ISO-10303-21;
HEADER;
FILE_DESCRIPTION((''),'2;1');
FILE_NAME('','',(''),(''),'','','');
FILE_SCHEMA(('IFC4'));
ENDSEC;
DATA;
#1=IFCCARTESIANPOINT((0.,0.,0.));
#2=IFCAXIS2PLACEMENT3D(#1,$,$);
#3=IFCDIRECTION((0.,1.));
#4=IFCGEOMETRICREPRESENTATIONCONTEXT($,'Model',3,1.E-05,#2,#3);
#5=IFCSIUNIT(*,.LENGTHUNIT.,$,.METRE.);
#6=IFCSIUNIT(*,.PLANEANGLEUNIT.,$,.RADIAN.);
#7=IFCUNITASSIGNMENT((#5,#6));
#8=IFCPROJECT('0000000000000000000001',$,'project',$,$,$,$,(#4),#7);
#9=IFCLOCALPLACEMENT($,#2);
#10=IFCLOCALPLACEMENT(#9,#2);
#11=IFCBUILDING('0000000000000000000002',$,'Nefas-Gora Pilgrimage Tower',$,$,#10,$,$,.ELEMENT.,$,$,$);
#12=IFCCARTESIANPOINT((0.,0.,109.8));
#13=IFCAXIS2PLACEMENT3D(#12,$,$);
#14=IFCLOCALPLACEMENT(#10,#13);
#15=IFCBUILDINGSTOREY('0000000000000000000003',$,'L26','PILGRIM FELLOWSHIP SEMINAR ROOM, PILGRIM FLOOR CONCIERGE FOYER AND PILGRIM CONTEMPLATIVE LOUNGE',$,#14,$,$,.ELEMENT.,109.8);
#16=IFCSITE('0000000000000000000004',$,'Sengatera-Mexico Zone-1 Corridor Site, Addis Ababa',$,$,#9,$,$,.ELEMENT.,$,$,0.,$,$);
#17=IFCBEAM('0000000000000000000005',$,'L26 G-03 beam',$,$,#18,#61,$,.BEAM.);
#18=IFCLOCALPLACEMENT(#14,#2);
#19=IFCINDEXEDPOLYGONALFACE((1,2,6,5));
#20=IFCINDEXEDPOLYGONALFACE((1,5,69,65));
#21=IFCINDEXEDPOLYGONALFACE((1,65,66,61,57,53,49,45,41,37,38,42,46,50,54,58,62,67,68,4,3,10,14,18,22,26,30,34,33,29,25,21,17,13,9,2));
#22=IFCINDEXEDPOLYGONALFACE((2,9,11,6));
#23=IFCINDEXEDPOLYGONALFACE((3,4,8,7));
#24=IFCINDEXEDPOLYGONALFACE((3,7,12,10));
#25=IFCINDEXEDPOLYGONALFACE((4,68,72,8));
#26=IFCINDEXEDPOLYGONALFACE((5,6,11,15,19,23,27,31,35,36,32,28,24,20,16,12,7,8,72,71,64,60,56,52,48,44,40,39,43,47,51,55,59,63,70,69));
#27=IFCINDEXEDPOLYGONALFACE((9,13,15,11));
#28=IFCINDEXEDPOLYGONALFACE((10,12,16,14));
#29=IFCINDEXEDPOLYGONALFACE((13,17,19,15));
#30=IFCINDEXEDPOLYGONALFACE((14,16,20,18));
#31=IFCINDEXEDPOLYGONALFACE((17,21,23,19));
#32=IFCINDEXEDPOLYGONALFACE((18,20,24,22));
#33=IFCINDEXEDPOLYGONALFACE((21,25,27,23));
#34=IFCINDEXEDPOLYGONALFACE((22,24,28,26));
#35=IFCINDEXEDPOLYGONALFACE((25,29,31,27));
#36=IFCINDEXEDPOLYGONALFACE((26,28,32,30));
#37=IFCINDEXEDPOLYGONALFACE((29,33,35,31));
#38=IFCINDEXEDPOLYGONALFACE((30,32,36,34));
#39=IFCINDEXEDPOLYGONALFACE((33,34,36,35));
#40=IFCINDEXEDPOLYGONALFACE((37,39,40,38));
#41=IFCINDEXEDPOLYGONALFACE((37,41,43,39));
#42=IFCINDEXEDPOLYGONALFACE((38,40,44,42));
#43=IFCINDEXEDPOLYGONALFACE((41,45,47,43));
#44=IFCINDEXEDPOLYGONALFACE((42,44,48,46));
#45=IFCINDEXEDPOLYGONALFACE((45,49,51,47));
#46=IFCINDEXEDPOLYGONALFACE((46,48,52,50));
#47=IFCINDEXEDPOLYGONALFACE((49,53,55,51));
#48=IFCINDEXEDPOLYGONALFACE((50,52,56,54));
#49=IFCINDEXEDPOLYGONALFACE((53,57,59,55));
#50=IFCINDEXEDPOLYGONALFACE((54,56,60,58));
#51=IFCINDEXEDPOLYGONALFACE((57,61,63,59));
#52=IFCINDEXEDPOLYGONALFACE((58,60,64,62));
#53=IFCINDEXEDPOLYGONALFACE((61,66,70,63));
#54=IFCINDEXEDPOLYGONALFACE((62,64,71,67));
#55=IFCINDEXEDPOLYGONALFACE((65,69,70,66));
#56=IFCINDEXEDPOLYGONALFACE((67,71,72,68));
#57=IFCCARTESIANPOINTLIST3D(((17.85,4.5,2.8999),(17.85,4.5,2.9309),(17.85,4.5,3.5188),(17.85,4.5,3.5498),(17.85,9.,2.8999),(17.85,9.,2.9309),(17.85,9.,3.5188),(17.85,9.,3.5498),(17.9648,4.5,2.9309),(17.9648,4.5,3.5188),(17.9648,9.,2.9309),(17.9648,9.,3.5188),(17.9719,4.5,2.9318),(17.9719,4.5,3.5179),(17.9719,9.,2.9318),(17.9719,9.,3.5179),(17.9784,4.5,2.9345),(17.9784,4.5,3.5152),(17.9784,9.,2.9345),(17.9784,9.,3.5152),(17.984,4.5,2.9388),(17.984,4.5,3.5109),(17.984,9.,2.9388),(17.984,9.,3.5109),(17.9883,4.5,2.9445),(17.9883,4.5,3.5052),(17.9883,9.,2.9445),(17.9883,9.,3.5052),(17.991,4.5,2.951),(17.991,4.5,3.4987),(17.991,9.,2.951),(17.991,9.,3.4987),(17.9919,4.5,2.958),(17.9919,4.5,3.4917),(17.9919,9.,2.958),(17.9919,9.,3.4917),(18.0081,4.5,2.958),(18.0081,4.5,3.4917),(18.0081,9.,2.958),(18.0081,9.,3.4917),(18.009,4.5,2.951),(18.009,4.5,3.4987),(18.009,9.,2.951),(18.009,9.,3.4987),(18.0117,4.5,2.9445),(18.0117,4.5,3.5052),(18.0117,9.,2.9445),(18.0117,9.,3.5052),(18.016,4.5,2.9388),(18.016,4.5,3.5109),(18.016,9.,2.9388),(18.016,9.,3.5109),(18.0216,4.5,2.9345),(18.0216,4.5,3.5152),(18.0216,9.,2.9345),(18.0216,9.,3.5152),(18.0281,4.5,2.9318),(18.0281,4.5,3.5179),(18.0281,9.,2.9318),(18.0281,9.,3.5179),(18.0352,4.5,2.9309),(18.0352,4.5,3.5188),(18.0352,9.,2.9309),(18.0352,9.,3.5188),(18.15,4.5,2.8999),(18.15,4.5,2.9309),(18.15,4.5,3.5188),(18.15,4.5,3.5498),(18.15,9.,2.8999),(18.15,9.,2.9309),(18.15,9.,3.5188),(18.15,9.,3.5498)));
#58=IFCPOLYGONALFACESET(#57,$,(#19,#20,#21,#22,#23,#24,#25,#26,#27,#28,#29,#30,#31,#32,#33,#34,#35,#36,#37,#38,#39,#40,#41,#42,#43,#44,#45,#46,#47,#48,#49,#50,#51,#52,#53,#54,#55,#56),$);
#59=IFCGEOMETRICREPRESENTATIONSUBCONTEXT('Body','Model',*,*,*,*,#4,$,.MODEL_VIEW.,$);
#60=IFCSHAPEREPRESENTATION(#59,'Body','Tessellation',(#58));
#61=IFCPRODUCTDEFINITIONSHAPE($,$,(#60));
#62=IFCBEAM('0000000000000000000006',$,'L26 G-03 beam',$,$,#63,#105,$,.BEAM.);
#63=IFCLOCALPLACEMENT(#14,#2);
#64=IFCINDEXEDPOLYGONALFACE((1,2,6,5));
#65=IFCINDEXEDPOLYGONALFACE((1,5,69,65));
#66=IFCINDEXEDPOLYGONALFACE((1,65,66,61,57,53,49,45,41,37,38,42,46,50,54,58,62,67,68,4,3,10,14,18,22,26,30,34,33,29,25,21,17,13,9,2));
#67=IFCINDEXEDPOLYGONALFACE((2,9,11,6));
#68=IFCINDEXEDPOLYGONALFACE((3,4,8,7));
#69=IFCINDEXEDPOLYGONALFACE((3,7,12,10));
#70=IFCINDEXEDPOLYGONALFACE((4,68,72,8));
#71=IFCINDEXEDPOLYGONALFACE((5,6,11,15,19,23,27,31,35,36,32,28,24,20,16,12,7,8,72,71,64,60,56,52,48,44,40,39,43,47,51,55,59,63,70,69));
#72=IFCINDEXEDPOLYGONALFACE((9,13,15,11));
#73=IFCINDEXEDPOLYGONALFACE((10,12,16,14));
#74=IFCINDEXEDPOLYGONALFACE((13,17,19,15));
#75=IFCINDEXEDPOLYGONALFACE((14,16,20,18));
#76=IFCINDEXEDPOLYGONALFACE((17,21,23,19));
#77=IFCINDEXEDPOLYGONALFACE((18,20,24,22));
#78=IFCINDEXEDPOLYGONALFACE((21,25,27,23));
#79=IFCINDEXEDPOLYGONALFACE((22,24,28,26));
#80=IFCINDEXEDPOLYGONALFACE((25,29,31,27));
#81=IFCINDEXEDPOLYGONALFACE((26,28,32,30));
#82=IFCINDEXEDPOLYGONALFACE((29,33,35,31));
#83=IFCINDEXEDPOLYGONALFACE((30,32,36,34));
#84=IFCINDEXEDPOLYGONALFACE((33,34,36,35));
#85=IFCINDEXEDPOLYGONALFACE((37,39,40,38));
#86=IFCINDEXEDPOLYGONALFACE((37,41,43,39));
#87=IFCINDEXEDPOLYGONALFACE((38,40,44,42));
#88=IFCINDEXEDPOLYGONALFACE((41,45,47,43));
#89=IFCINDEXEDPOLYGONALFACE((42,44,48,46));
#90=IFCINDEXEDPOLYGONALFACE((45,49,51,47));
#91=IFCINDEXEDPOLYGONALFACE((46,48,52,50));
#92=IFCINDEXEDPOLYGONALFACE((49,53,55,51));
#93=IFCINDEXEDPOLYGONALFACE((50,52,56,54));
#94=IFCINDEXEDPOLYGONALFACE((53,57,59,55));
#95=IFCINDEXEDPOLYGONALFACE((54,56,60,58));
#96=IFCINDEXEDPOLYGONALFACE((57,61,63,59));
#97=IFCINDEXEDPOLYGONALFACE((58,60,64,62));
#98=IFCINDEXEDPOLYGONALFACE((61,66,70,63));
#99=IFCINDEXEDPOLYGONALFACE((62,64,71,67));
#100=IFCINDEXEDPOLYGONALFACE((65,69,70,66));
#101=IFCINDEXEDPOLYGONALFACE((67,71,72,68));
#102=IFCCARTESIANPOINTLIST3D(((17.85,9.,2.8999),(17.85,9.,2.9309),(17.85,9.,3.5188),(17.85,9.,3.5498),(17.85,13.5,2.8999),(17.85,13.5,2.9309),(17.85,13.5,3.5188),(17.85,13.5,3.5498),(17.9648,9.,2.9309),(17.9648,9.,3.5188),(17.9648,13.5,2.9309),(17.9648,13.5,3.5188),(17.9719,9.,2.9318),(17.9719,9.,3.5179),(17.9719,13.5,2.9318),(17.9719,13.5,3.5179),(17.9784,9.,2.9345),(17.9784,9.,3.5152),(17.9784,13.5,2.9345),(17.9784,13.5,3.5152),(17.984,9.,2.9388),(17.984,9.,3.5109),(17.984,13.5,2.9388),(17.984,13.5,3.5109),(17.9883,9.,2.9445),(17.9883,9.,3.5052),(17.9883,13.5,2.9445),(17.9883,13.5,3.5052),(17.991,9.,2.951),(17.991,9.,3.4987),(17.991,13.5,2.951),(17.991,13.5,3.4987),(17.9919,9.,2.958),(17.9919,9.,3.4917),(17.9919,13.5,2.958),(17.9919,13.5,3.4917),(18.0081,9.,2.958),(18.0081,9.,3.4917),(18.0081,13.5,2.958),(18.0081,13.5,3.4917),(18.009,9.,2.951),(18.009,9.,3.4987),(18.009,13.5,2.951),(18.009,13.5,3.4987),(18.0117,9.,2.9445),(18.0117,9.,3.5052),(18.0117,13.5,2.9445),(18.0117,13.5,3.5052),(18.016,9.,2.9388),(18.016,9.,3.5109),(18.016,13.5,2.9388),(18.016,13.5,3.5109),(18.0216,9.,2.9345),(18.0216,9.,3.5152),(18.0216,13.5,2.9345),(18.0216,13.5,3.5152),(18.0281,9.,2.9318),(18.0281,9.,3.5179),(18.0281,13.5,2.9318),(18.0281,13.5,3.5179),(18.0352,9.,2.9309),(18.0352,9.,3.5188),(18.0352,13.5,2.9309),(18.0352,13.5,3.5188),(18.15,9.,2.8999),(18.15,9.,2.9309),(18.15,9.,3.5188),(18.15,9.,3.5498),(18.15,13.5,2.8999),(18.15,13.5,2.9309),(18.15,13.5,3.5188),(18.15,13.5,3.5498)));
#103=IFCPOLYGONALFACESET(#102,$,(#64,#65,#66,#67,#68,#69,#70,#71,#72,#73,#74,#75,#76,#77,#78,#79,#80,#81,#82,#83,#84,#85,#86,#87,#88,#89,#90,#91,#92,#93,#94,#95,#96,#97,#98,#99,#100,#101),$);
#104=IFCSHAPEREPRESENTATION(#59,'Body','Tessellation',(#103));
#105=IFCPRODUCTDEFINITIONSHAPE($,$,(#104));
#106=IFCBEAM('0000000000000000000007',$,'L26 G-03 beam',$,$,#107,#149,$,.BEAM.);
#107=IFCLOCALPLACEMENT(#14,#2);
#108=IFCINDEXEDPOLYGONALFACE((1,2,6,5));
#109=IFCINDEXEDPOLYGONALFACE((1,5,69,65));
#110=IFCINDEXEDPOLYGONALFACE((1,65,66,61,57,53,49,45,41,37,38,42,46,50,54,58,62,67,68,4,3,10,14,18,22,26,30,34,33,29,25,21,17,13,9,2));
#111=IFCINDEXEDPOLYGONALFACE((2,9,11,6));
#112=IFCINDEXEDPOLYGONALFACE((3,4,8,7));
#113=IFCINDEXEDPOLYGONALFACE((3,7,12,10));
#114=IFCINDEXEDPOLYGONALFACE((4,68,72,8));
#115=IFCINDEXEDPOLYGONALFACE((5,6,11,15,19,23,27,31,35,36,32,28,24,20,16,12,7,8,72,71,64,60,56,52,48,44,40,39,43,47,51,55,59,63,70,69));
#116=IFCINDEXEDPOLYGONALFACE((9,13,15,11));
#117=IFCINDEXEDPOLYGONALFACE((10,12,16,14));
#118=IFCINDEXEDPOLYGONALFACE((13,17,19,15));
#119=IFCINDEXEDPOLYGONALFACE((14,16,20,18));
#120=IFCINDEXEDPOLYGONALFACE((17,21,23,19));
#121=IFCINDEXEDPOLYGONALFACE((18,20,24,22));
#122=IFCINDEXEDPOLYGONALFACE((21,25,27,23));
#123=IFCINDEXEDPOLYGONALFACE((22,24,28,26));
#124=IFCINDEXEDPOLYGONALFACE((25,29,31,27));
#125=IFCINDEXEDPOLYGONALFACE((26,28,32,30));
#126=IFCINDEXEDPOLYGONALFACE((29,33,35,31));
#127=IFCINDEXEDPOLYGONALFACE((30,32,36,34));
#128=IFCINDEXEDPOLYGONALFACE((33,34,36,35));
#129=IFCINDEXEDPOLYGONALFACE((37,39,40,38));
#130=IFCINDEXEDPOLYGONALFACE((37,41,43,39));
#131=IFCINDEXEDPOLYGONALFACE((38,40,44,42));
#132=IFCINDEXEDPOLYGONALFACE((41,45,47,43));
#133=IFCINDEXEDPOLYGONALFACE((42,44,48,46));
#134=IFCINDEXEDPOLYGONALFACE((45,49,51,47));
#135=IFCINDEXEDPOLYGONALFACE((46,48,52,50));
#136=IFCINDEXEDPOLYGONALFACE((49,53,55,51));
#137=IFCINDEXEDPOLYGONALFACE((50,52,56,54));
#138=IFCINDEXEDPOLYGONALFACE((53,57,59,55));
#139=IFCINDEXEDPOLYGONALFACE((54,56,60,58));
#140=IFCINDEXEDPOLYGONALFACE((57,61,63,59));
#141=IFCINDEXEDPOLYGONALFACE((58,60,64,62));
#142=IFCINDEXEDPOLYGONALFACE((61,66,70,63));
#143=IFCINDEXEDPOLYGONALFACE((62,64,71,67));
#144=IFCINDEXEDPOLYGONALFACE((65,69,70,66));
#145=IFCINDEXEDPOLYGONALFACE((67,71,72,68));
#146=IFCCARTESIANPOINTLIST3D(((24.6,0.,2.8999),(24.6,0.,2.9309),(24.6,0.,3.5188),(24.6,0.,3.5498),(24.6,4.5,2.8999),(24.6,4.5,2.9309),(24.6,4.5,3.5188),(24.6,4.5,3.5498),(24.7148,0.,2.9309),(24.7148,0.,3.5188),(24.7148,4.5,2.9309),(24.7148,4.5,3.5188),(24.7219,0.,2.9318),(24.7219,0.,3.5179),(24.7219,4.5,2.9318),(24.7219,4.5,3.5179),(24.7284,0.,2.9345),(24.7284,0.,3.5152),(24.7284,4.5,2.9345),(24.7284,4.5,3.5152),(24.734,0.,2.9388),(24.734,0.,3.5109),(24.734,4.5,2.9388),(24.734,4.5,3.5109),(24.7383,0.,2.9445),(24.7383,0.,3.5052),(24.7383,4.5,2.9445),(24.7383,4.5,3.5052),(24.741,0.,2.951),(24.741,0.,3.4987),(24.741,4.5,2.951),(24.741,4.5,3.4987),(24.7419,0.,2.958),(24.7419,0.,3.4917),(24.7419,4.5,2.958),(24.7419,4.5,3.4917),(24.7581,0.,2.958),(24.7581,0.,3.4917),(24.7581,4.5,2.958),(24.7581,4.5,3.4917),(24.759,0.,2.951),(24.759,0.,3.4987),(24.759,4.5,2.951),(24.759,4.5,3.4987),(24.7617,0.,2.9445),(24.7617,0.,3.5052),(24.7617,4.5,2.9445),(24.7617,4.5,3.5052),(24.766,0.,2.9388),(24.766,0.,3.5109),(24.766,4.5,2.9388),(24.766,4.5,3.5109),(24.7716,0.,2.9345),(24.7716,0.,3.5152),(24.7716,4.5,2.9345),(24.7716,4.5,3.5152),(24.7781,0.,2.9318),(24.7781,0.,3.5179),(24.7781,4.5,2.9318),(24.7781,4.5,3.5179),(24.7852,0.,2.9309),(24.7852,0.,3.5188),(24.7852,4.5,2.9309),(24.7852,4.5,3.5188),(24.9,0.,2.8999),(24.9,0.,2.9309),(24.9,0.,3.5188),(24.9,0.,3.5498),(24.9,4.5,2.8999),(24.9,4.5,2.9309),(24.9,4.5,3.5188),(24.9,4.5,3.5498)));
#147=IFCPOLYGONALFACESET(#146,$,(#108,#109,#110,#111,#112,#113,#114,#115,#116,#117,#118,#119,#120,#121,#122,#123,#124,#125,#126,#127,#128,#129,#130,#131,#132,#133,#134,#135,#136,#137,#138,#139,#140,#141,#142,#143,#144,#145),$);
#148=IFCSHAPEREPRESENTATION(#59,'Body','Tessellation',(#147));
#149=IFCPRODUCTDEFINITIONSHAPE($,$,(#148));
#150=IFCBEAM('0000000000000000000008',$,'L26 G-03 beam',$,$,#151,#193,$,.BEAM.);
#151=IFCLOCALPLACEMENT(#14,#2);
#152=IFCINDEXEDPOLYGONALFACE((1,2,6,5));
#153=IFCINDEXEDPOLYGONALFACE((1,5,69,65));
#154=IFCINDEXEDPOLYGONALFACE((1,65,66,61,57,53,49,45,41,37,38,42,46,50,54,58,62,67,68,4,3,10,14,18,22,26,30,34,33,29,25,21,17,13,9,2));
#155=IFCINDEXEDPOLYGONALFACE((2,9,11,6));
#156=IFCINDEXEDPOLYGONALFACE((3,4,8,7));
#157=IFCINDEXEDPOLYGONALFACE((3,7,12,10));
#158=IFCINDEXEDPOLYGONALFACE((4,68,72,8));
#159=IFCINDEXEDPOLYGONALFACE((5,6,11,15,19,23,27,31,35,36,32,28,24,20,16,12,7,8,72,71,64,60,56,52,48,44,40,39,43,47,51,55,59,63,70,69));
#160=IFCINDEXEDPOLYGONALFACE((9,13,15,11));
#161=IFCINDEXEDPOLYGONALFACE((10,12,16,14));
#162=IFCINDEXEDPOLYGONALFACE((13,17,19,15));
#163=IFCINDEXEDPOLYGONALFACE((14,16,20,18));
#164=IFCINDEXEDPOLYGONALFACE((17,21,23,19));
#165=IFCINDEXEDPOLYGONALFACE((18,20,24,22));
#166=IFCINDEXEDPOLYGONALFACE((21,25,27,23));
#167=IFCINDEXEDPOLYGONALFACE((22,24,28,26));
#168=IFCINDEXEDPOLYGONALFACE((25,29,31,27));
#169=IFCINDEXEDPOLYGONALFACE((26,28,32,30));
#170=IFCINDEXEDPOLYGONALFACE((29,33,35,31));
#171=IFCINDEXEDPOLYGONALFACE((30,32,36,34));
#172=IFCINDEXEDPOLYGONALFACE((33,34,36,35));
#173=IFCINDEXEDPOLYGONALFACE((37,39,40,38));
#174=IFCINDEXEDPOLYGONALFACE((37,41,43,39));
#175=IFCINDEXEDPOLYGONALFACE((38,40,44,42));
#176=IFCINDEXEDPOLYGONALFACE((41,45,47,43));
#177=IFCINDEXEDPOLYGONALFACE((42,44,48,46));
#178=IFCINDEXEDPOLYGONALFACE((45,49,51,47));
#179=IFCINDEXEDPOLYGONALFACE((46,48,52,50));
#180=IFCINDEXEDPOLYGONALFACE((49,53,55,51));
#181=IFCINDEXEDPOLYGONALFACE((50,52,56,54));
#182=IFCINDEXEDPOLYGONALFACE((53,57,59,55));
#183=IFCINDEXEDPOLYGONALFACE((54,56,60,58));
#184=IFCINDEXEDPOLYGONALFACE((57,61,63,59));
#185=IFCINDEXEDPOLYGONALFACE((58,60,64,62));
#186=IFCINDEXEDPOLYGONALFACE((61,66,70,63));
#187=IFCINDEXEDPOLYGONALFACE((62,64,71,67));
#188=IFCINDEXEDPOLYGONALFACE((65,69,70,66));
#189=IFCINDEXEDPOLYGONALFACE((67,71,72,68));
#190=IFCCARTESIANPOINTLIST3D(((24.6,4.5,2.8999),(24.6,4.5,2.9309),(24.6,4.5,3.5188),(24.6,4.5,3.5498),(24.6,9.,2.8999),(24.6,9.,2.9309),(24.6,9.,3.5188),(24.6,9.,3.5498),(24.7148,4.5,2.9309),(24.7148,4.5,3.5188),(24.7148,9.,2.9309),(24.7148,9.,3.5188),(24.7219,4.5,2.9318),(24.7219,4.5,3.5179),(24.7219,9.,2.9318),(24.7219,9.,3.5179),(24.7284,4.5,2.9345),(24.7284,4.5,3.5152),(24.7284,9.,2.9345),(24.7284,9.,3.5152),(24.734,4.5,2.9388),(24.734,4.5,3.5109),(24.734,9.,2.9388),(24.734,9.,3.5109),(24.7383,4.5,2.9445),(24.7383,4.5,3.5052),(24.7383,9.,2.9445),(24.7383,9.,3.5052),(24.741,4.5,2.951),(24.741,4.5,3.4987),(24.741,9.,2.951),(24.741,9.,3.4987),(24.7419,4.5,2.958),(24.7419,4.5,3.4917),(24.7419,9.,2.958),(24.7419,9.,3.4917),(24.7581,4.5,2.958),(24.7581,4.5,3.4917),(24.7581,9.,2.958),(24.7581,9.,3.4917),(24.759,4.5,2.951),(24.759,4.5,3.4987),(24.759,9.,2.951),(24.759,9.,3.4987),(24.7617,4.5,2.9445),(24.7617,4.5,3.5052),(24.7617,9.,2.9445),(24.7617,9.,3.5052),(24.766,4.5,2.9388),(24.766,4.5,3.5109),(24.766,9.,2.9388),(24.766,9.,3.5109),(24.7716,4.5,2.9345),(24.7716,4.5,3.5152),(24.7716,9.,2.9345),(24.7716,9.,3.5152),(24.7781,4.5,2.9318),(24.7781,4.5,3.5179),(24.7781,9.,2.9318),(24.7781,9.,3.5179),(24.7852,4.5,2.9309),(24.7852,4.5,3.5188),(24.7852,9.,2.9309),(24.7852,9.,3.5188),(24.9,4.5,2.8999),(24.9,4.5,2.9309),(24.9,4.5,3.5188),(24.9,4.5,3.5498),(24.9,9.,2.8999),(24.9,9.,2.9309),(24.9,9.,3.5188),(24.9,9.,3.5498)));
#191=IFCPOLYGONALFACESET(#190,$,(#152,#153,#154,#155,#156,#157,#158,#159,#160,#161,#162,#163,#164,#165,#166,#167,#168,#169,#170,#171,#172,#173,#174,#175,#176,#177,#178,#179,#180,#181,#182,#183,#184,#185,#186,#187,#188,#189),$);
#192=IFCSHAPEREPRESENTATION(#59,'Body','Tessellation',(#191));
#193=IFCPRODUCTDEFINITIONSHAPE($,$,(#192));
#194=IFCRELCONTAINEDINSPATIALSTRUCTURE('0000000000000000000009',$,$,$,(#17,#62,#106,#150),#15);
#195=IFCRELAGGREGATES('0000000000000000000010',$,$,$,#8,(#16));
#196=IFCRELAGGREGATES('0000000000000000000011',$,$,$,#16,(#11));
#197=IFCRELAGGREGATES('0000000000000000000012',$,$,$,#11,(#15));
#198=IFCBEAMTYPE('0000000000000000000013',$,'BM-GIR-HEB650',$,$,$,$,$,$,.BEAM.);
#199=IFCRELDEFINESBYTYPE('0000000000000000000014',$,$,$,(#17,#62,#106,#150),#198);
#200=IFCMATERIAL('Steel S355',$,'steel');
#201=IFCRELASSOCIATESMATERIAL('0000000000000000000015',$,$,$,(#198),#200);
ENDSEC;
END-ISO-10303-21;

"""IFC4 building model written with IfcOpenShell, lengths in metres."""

from ifc_helpers import new_model, si_unit, direction, frame, origin, origin_2d, place, context, subcontext, project, spatial, i_section, extrude, source, transform, mapped, material, material_profile, profile_set, type_object, element, save


model = new_model("IFC4")

# Units and contexts
model_context = context("Model", 3, precision=1e-05, world=origin(), true_north=direction((0.0, 1.0)))
body_context = subcontext(model_context, "Body", "Model", "MODEL_VIEW")
ifc_project = project(units=[si_unit("LENGTHUNIT", "METRE"), si_unit("PLANEANGLEUNIT", "RADIAN")], contexts=[model_context])

# Site, building, storey
site_placement = place(None, origin())
site = spatial("IfcSite", under=ifc_project, at=site_placement, Name="Sengatera-Mexico Zone-1 Corridor Site, Addis Ababa", CompositionType="ELEMENT", RefElevation=0.0)
building_placement = place(site_placement, origin())
building = spatial("IfcBuilding", under=site, at=building_placement, Name="Nefas-Gora Pilgrimage Tower", CompositionType="ELEMENT")
storey_placement = place(building_placement, frame((0.0, 0.0, 109.8)))
storey = spatial("IfcBuildingStorey", under=building, at=storey_placement, Name="L26", Description="PILGRIM FELLOWSHIP SEMINAR ROOM, PILGRIM FLOOR CONCIERGE FOYER AND PILGRIM CONTEMPLATIVE LOUNGE", CompositionType="ELEMENT", Elevation=109.8)

# Beams
ifc_material_1 = material(Name="Steel S355", Category="steel")
ifc_material_profile_1 = material_profile(ifc_material_1, i_section(OverallWidth=0.3, OverallDepth=0.6499, WebThickness=0.0161, FlangeThickness=0.031, FilletRadius=0.0271, at=origin_2d()), Name="HEB 650")
ifc_profile_set_1 = profile_set([ifc_material_profile_1], Name="Steel S355")
beam_type_1 = type_object("IfcBeamType", Name="BM-GIR-HEB650", PredefinedType="BEAM", material=ifc_profile_set_1)
shared_shape_1 = source(origin(), body_context, "Body", "SweptSolid", [
    extrude(i_section(OverallWidth=0.3, OverallDepth=0.6499, WebThickness=0.0161, FlangeThickness=0.031, FilletRadius=0.0271, at=origin_2d()), origin(), (0.0, 0.0, 1.0), 4.5),
])
for number, where, z_axis, x_axis, name in (
    (1, (18.0, 4.5, 3.2249), (0.0, 1.0, 0.0), (-1.0, 0.0, 0.0), "L26 G-03 beam"),
    (2, (18.0, 9.0, 3.2249), (0.0, 1.0, 0.0), (-1.0, 0.0, 0.0), "L26 G-03 beam"),
    (3, (24.75, 0.0, 3.2249), (0.0, 1.0, 0.0), (-1.0, 0.0, 0.0), "L26 G-03 beam"),
    (4, (24.75, 4.5, 3.2249), (0.0, 1.0, 0.0), (-1.0, 0.0, 0.0), "L26 G-03 beam"),
):
    element("IfcBeam", number, at=place(storey_placement, frame(where, z_axis=z_axis, x_axis=x_axis)), inside=storey, type_object=beam_type_1, Name=name, PredefinedType="BEAM", context=body_context, shape_type="MappedRepresentation", body=[
        mapped(shared_shape_1, transform((0.0, 0.0, 0.0), x_axis=(1.0, 0.0, 0.0), y_axis=(0.0, 1.0, 0.0), z_axis=(0.0, 0.0, 1.0), scale=1.0)),
    ])

save(model, "model.ifc")
